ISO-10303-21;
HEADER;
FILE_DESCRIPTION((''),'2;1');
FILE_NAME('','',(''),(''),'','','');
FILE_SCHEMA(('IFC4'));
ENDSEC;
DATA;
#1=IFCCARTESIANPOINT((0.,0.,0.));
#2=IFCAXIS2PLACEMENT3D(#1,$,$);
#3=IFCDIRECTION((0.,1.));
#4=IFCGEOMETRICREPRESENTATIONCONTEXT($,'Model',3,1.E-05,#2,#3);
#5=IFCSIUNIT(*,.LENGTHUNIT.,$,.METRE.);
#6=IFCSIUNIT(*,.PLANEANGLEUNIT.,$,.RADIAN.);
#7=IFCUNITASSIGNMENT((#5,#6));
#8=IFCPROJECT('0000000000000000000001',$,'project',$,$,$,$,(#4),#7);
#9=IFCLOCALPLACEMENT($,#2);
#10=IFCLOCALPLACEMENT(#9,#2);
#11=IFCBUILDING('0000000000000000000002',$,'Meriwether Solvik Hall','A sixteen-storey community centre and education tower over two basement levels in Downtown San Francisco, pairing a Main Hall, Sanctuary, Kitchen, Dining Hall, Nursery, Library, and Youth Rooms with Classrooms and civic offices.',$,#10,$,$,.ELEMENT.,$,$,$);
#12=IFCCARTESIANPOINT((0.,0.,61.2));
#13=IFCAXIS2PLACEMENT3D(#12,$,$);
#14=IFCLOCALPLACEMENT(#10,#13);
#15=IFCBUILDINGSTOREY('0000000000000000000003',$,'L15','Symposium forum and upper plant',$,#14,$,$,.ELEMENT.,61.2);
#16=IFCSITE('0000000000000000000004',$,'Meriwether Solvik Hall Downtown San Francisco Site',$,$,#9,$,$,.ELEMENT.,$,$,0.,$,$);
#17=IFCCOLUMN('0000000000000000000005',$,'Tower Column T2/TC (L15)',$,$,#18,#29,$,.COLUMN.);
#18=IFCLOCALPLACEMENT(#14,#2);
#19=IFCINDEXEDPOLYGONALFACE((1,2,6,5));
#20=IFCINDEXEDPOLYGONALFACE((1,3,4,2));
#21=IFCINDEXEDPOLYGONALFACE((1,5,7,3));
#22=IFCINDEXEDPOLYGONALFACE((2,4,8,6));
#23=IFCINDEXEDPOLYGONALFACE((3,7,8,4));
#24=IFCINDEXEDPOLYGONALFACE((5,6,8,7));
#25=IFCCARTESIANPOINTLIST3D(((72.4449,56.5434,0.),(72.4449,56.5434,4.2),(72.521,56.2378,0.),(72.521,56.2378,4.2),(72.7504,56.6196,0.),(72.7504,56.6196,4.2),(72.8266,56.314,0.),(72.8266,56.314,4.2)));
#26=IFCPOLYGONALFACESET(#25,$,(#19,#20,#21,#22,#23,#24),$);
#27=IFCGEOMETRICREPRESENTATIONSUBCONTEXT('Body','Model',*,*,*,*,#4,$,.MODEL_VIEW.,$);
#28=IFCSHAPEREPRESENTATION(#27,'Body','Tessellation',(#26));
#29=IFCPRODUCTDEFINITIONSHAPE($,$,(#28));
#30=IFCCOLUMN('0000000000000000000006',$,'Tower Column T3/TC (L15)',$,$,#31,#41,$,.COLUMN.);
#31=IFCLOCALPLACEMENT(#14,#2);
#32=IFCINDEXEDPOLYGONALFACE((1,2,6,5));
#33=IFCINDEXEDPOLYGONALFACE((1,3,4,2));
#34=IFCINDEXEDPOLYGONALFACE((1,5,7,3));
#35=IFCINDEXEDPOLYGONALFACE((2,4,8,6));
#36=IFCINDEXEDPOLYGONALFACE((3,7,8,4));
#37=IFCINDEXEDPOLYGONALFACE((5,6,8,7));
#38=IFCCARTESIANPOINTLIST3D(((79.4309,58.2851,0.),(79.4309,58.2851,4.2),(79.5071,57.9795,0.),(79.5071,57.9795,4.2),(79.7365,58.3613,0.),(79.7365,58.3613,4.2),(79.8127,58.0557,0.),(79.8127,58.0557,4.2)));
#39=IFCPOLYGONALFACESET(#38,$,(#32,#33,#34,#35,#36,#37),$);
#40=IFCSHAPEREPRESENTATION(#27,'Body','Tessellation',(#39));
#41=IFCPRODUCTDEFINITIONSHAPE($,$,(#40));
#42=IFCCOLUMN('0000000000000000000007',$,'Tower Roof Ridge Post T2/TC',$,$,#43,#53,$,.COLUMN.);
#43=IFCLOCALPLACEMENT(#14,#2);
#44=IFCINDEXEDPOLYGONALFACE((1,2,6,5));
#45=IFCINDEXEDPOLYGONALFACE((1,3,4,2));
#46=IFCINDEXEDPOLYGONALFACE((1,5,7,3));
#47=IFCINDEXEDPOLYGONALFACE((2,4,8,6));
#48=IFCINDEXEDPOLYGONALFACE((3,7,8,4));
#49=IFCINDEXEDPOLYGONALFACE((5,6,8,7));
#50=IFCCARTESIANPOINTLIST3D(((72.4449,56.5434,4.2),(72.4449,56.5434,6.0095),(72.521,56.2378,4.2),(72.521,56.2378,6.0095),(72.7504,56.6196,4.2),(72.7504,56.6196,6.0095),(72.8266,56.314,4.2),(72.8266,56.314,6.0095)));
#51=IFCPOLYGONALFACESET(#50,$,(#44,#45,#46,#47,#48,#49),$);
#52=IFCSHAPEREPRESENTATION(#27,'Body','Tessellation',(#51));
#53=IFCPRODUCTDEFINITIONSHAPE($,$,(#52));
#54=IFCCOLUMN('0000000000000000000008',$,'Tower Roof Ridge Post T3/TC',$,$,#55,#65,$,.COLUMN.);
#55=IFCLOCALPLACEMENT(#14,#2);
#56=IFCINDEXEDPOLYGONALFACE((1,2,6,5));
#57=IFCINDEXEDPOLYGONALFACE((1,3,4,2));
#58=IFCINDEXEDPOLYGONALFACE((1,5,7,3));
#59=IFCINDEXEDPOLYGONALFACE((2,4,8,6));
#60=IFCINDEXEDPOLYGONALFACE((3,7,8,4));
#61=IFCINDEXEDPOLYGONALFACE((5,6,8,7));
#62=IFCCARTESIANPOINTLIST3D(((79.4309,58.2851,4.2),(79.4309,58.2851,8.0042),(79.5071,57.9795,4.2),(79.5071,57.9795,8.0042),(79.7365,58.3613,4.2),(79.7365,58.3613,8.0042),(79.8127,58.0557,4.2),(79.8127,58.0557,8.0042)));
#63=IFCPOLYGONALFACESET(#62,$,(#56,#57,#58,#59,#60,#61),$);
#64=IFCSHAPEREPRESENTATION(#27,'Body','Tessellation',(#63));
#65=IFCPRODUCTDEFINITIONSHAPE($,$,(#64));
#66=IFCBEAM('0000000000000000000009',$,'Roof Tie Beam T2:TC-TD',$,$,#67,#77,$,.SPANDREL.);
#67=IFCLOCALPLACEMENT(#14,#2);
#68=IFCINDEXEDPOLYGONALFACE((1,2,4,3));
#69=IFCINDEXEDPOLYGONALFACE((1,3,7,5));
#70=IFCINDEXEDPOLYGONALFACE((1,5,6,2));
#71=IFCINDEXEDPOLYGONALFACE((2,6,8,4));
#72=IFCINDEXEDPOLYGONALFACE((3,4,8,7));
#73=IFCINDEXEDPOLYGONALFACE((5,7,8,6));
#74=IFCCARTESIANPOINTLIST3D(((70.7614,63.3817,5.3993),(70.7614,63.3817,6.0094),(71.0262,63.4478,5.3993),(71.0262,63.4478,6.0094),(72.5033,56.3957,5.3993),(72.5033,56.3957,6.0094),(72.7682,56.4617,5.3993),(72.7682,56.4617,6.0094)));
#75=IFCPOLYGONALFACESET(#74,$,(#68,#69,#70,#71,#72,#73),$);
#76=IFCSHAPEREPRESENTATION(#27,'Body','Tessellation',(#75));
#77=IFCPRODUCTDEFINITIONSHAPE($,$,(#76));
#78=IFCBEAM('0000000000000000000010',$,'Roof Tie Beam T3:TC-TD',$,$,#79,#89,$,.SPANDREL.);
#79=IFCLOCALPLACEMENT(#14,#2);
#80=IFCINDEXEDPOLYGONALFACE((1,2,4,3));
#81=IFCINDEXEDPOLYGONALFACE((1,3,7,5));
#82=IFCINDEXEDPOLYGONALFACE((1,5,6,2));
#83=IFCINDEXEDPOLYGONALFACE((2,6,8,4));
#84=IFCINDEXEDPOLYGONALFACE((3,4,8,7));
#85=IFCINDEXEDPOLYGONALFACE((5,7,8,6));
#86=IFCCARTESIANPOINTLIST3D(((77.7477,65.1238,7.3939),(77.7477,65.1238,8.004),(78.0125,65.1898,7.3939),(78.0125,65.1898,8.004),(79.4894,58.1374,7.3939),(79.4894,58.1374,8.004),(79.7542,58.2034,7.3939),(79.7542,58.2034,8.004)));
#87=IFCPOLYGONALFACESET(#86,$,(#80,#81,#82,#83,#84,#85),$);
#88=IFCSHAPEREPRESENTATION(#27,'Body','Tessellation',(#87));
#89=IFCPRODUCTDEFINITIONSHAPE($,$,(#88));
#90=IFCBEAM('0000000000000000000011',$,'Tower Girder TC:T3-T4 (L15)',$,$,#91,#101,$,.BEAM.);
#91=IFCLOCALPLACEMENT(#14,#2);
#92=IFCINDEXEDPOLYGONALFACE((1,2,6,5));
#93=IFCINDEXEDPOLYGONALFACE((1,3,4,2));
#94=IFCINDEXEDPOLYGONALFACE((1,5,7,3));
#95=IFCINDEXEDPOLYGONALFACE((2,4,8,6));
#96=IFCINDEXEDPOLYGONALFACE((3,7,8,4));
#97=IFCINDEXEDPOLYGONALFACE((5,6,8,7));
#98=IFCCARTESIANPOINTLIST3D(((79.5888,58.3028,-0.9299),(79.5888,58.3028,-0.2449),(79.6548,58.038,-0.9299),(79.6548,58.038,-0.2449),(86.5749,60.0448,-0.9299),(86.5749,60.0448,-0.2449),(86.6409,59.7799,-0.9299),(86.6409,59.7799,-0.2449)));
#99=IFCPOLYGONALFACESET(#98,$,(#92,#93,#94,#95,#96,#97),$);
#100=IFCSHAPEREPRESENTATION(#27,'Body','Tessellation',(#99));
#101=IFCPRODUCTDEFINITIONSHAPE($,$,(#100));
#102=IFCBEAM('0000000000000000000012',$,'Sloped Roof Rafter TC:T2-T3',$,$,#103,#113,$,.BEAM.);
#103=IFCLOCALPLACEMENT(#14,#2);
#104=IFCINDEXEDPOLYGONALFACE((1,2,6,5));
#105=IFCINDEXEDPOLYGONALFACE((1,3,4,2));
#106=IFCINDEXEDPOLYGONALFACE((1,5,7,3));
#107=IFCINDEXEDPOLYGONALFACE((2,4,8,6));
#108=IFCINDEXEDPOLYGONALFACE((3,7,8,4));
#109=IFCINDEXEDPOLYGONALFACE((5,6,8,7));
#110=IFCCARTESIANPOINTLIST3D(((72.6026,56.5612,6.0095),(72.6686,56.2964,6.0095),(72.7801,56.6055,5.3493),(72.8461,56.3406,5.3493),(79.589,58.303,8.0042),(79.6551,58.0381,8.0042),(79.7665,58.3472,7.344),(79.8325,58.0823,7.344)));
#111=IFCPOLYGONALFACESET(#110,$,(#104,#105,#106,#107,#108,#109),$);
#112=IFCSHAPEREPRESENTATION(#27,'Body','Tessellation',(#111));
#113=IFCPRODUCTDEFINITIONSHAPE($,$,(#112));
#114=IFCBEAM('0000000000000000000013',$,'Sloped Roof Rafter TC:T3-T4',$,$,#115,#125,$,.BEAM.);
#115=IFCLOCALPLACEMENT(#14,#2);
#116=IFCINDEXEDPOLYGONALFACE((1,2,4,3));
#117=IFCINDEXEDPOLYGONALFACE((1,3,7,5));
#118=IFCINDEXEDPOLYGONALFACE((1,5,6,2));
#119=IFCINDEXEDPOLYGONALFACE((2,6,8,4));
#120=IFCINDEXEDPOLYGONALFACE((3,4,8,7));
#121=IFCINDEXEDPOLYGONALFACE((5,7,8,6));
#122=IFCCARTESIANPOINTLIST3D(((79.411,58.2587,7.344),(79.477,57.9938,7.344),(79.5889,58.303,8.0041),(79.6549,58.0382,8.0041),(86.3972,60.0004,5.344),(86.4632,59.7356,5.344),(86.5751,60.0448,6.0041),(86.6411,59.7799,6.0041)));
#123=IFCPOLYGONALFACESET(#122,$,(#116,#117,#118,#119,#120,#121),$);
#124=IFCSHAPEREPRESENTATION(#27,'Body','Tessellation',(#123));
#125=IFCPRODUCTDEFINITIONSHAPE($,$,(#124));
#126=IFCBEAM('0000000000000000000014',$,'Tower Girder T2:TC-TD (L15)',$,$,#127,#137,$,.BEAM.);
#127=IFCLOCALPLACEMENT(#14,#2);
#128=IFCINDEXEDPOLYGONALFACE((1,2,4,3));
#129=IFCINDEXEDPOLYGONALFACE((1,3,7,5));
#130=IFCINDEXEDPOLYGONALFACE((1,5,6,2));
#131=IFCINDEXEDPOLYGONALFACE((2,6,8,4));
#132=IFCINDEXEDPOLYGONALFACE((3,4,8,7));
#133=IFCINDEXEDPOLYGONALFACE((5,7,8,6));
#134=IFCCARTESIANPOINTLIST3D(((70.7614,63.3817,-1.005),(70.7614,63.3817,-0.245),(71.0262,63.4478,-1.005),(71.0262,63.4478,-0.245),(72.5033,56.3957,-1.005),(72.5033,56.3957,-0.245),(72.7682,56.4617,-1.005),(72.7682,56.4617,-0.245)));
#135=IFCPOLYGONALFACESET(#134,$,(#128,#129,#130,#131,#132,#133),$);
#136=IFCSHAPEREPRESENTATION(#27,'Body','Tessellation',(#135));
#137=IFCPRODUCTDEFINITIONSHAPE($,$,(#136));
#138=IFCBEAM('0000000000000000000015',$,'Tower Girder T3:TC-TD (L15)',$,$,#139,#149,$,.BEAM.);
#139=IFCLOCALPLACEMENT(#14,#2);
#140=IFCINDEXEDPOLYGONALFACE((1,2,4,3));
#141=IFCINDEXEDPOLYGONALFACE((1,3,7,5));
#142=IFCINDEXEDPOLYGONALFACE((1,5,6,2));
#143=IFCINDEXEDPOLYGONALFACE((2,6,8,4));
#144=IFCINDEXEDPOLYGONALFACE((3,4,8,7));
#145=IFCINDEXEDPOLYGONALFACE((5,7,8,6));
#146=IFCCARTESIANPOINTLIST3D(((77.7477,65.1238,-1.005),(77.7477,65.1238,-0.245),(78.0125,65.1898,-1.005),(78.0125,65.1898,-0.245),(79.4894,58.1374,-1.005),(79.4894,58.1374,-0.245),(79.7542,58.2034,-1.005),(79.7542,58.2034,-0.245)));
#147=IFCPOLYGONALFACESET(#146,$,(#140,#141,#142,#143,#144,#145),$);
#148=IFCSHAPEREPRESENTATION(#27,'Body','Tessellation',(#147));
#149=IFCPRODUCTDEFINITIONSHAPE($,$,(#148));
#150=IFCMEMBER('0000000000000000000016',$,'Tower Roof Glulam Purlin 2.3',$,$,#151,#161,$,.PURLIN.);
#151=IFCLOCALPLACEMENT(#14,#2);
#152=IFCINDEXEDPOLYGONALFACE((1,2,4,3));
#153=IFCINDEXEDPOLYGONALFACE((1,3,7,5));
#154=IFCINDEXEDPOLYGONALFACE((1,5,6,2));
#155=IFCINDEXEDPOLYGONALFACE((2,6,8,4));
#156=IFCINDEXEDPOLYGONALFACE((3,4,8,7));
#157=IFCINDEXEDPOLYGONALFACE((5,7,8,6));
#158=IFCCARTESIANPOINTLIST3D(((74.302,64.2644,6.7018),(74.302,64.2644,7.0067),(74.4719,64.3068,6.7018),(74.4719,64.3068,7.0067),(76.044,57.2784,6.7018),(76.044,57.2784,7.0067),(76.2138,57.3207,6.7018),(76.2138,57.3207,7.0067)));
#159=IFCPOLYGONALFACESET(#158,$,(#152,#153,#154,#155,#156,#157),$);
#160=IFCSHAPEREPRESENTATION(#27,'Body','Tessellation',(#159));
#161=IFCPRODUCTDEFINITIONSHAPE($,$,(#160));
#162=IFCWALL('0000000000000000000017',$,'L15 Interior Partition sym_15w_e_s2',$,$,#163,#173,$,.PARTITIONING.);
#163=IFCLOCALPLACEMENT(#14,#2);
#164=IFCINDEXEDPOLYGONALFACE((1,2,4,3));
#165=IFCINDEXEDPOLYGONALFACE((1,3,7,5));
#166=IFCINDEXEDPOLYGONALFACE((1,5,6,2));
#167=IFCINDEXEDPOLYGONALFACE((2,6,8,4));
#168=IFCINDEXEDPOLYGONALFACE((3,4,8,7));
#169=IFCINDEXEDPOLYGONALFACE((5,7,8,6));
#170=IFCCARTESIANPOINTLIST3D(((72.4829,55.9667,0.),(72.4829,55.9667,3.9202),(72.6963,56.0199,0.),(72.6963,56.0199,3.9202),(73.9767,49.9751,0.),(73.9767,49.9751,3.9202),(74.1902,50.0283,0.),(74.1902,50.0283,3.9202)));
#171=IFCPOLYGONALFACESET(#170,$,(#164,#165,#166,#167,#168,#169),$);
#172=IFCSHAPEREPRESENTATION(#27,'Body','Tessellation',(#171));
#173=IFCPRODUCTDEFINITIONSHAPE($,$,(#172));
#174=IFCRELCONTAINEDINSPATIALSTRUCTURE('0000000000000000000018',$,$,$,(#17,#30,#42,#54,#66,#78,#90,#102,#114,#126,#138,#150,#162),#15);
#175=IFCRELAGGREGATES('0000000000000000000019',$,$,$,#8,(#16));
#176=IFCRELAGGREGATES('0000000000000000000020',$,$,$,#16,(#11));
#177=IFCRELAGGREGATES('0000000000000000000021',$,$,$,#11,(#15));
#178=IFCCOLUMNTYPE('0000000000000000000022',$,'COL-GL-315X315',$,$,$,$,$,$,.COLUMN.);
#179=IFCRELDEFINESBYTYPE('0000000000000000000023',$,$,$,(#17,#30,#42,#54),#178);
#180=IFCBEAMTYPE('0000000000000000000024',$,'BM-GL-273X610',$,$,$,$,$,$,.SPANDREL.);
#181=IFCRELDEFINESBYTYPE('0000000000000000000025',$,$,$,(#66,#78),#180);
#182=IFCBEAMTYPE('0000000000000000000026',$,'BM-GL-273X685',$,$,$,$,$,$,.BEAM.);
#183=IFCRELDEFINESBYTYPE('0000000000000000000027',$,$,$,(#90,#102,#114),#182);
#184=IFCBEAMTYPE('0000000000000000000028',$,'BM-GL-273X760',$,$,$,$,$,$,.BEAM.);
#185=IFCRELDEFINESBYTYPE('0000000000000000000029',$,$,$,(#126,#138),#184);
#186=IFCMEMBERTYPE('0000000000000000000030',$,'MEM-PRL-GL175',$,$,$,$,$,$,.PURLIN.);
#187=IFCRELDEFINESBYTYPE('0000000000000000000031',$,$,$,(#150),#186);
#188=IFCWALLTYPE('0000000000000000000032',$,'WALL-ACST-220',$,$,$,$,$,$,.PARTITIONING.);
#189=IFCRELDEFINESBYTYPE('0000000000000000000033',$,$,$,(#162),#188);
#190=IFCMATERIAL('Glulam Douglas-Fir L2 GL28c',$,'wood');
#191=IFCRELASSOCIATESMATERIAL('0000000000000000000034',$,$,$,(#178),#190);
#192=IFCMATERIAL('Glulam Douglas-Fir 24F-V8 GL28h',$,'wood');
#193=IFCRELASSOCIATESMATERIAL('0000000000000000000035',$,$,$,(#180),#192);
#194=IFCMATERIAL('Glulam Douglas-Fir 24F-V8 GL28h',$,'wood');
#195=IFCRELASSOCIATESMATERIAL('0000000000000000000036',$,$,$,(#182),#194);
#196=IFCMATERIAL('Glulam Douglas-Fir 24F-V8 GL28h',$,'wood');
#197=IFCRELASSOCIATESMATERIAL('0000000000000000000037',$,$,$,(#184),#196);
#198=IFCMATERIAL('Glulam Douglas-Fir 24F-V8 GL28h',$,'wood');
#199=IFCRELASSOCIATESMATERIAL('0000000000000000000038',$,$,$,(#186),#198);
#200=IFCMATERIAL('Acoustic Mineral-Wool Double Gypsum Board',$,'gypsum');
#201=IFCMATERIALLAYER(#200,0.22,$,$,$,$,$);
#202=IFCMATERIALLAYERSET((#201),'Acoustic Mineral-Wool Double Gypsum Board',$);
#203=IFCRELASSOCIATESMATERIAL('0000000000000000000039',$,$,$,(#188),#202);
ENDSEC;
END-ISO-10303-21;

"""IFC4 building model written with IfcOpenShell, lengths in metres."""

from ifc_helpers import new_model, si_unit, direction, frame, frame_2d, origin, origin_2d, place, context, subcontext, project, spatial, rectangle, extrude, material, layer, layer_set, material_profile, profile_set, type_object, element, save


model = new_model("IFC4")

# Units and contexts
model_context = context("Model", 3, precision=1e-05, world=origin(), true_north=direction((0.0, 1.0)))
body_context = subcontext(model_context, "Body", "Model", "MODEL_VIEW")
ifc_project = project(units=[si_unit("LENGTHUNIT", "METRE"), si_unit("PLANEANGLEUNIT", "RADIAN")], contexts=[model_context])

# Site, building, storey
site_placement = place(None, origin())
site = spatial("IfcSite", under=ifc_project, at=site_placement, Name="Meriwether Solvik Hall Downtown San Francisco Site", CompositionType="ELEMENT", RefElevation=0.0)
building_placement = place(site_placement, origin())
building = spatial("IfcBuilding", under=site, at=building_placement, Name="Meriwether Solvik Hall", Description="A sixteen-storey community centre and education tower over two basement levels in Downtown San Francisco, pairing a Main Hall, Sanctuary, Kitchen, Dining Hall, Nursery, Library, and Youth Rooms with Classrooms and civic offices.", CompositionType="ELEMENT")
storey_placement = place(building_placement, frame((0.0, 0.0, 61.2)))
storey = spatial("IfcBuildingStorey", under=building, at=storey_placement, Name="L15", Description="Symposium forum and upper plant", CompositionType="ELEMENT", Elevation=61.2)

# Columns
ifc_material_1 = material(Name="Glulam Douglas-Fir L2 GL28c", Category="wood")
ifc_material_profile_1 = material_profile(ifc_material_1, rectangle(XDim=0.3149, YDim=0.3149, at=origin_2d()), Name="GLC-315X315")
ifc_profile_set_1 = profile_set([ifc_material_profile_1], Name="Glulam Douglas-Fir L2 GL28c")
column_type = type_object("IfcColumnType", Name="COL-GL-315X315", PredefinedType="COLUMN", material=ifc_profile_set_1)
for number, where, z_axis, x_axis, name in (
    (1, (72.6357, 56.4287, 0.0), (0.0, 0.0, 1.0), (0.970296, 0.241922, 0.0), "Tower Column T2/TC (L15)"),
    (2, (79.6218, 58.1704, 0.0), (0.0, 0.0, 1.0), (0.970296, 0.241922, 0.0), "Tower Column T3/TC (L15)"),
):
    element("IfcColumn", number, at=place(storey_placement, frame(where, z_axis=z_axis, x_axis=x_axis)), inside=storey, type_object=column_type, Name=name, PredefinedType="COLUMN", context=body_context, shape_type="SweptSolid", body=[
        extrude(rectangle(XDim=0.3149, YDim=0.3149, at=origin_2d()), origin(), (0.0, 0.0, 1.0), 4.2),
    ])
column_1_placement = place(storey_placement, frame((72.6357, 56.4287, 4.2), z_axis=(0.0, 0.0, 1.0), x_axis=(0.970296, 0.241922, 0.0)))
element("IfcColumn", 3, at=column_1_placement, inside=storey, type_object=column_type, Name="Tower Roof Ridge Post T2/TC", PredefinedType="COLUMN", context=body_context, shape_type="SweptSolid", body=[
    extrude(rectangle(XDim=0.3149, YDim=0.3149, at=origin_2d()), origin(), (0.0, 0.0, 1.0), 1.8096),
])
column_2_placement = place(storey_placement, frame((79.6218, 58.1704, 4.2), z_axis=(0.0, 0.0, 1.0), x_axis=(0.970296, 0.241922, 0.0)))
element("IfcColumn", 4, at=column_2_placement, inside=storey, type_object=column_type, Name="Tower Roof Ridge Post T3/TC", PredefinedType="COLUMN", context=body_context, shape_type="SweptSolid", body=[
    extrude(rectangle(XDim=0.3149, YDim=0.3149, at=origin_2d()), origin(), (0.0, 0.0, 1.0), 3.8042),
])

# Beams
ifc_material_2 = material(Name="Glulam Douglas-Fir 24F-V8 GL28h", Category="wood")
ifc_material_profile_2 = material_profile(ifc_material_2, rectangle(XDim=0.2729, YDim=0.6101, at=origin_2d()), Name="GLB-273X610")
ifc_profile_set_2 = profile_set([ifc_material_profile_2], Name="Glulam Douglas-Fir 24F-V8 GL28h")
beam_type_1 = type_object("IfcBeamType", Name="BM-GL-273X610", PredefinedType="SPANDREL", material=ifc_profile_set_2)
beam_1_placement = place(storey_placement, frame((72.6357, 56.4287, 5.7043), z_axis=(-0.241937, 0.970292, 0.0), x_axis=(-0.970292, -0.241937, 0.0)))
element("IfcBeam", 5, at=beam_1_placement, inside=storey, type_object=beam_type_1, Name="Roof Tie Beam T2:TC-TD", PredefinedType="SPANDREL", context=body_context, shape_type="SweptSolid", body=[
    extrude(rectangle(XDim=0.2729, YDim=0.6101, at=origin_2d()), origin(), (0.0, 0.0, 1.0), 7.2),
])
beam_2_placement = place(storey_placement, frame((79.6218, 58.1704, 7.699), z_axis=(-0.241897, 0.970302, 0.0), x_axis=(-0.970302, -0.241897, 0.0)))
element("IfcBeam", 6, at=beam_2_placement, inside=storey, type_object=beam_type_1, Name="Roof Tie Beam T3:TC-TD", PredefinedType="SPANDREL", context=body_context, shape_type="SweptSolid", body=[
    extrude(rectangle(XDim=0.2729, YDim=0.6101, at=origin_2d()), origin(), (0.0, 0.0, 1.0), 7.2002),
])
ifc_material_3 = material(Name="Glulam Douglas-Fir 24F-V8 GL28h", Category="wood")
ifc_material_profile_3 = material_profile(ifc_material_3, rectangle(XDim=0.2729, YDim=0.6851, at=origin_2d()), Name="GLB-273X685")
ifc_profile_set_3 = profile_set([ifc_material_profile_3], Name="Glulam Douglas-Fir 24F-V8 GL28h")
beam_type_2 = type_object("IfcBeamType", Name="BM-GL-273X685", PredefinedType="BEAM", material=ifc_profile_set_3)
beam_3_placement = place(storey_placement, frame((79.6218, 58.1704, -0.5874), z_axis=(0.970292, 0.241937, 0.0), x_axis=(-0.241937, 0.970292, 0.0)))
element("IfcBeam", 7, at=beam_3_placement, inside=storey, type_object=beam_type_2, Name="Tower Girder TC:T3-T4 (L15)", PredefinedType="BEAM", context=body_context, shape_type="SweptSolid", body=[
    extrude(rectangle(XDim=0.2729, YDim=0.6851, at=origin_2d()), origin(), (0.0, 0.0, 1.0), 7.2),
])
beam_4_placement = place(storey_placement, frame((72.7244, 56.4509, 5.6794), z_axis=(0.935084, 0.233118, 0.266971), x_axis=(-0.241897, 0.970302, 0.0)))
element("IfcBeam", 8, at=beam_4_placement, inside=storey, type_object=beam_type_2, Name="Sloped Roof Rafter TC:T2-T3", PredefinedType="BEAM", context=body_context, shape_type="SweptSolid", body=[
    extrude(rectangle(XDim=0.2729, YDim=0.6851, at=origin_2d()), origin(), (0.0, 0.0, 1.0), 7.4714),
])
beam_5_placement = place(storey_placement, frame((79.533, 58.1484, 7.6741), z_axis=(0.934901, 0.23308, -0.267647), x_axis=(-0.241905, 0.9703, 0.0)))
element("IfcBeam", 9, at=beam_5_placement, inside=storey, type_object=beam_type_2, Name="Sloped Roof Rafter TC:T3-T4", PredefinedType="BEAM", context=body_context, shape_type="SweptSolid", body=[
    extrude(rectangle(XDim=0.2729, YDim=0.6851, at=origin_2d()), origin(), (0.0, 0.0, 1.0), 7.4727),
])
ifc_material_4 = material(Name="Glulam Douglas-Fir 24F-V8 GL28h", Category="wood")
ifc_material_profile_4 = material_profile(ifc_material_4, rectangle(XDim=0.2729, YDim=0.76, at=origin_2d()), Name="GLB-273X760")
ifc_profile_set_4 = profile_set([ifc_material_profile_4], Name="Glulam Douglas-Fir 24F-V8 GL28h")
beam_type_3 = type_object("IfcBeamType", Name="BM-GL-273X760", PredefinedType="BEAM", material=ifc_profile_set_4)
beam_6_placement = place(storey_placement, frame((72.6357, 56.4287, -0.625), z_axis=(-0.241937, 0.970292, 0.0), x_axis=(-0.970292, -0.241937, 0.0)))
element("IfcBeam", 10, at=beam_6_placement, inside=storey, type_object=beam_type_3, Name="Tower Girder T2:TC-TD (L15)", PredefinedType="BEAM", context=body_context, shape_type="SweptSolid", body=[
    extrude(rectangle(XDim=0.2729, YDim=0.76, at=origin_2d()), origin(), (0.0, 0.0, 1.0), 7.2),
])
beam_7_placement = place(storey_placement, frame((79.6218, 58.1704, -0.625), z_axis=(-0.241897, 0.970302, 0.0), x_axis=(-0.970302, -0.241897, 0.0)))
element("IfcBeam", 11, at=beam_7_placement, inside=storey, type_object=beam_type_3, Name="Tower Girder T3:TC-TD (L15)", PredefinedType="BEAM", context=body_context, shape_type="SweptSolid", body=[
    extrude(rectangle(XDim=0.2729, YDim=0.76, at=origin_2d()), origin(), (0.0, 0.0, 1.0), 7.2002),
])

# Member
ifc_material_5 = material(Name="Glulam Douglas-Fir 24F-V8 GL28h", Category="wood")
ifc_material_profile_5 = material_profile(ifc_material_5, rectangle(XDim=0.175, YDim=0.3049, at=origin_2d()), Name="GLM-175X305")
ifc_profile_set_5 = profile_set([ifc_material_profile_5], Name="Glulam Douglas-Fir 24F-V8 GL28h")
member_type = type_object("IfcMemberType", Name="MEM-PRL-GL175", PredefinedType="PURLIN", material=ifc_profile_set_5)
member_placement = place(storey_placement, frame((76.1289, 57.2996, 6.8542), z_axis=(-0.241937, 0.970292, 0.0), x_axis=(-0.970292, -0.241937, 0.0)))
element("IfcMember", 12, at=member_placement, inside=storey, type_object=member_type, Name="Tower Roof Glulam Purlin 2.3", PredefinedType="PURLIN", context=body_context, shape_type="SweptSolid", body=[
    extrude(rectangle(XDim=0.175, YDim=0.3049, at=origin_2d()), origin(), (0.0, 0.0, 1.0), 7.2),
])

# Wall
ifc_material_6 = material(Name="Acoustic Mineral-Wool Double Gypsum Board", Category="gypsum")
ifc_layer_1 = layer(ifc_material_6, 0.22)
ifc_layer_set_1 = layer_set([ifc_layer_1], Name="Acoustic Mineral-Wool Double Gypsum Board")
wall_type_1 = type_object("IfcWallType", Name="WALL-ACST-220", PredefinedType="PARTITIONING", material=ifc_layer_set_1)
wall_1_placement = place(storey_placement, frame((72.5896, 55.9932, 0.0), z_axis=(0.0, 0.0, 1.0), x_axis=(0.241922, -0.970296, 0.0)))
element("IfcWall", 13, at=wall_1_placement, inside=storey, type_object=wall_type_1, Name="L15 Interior Partition sym_15w_e_s2", PredefinedType="PARTITIONING", context=body_context, shape_type="SweptSolid", body=[
    extrude(rectangle(XDim=6.175, YDim=0.22, at=frame_2d((3.0874, 0.0))), origin(), (0.0, 0.0, 1.0), 3.9202),
])

save(model, "model.ifc")
